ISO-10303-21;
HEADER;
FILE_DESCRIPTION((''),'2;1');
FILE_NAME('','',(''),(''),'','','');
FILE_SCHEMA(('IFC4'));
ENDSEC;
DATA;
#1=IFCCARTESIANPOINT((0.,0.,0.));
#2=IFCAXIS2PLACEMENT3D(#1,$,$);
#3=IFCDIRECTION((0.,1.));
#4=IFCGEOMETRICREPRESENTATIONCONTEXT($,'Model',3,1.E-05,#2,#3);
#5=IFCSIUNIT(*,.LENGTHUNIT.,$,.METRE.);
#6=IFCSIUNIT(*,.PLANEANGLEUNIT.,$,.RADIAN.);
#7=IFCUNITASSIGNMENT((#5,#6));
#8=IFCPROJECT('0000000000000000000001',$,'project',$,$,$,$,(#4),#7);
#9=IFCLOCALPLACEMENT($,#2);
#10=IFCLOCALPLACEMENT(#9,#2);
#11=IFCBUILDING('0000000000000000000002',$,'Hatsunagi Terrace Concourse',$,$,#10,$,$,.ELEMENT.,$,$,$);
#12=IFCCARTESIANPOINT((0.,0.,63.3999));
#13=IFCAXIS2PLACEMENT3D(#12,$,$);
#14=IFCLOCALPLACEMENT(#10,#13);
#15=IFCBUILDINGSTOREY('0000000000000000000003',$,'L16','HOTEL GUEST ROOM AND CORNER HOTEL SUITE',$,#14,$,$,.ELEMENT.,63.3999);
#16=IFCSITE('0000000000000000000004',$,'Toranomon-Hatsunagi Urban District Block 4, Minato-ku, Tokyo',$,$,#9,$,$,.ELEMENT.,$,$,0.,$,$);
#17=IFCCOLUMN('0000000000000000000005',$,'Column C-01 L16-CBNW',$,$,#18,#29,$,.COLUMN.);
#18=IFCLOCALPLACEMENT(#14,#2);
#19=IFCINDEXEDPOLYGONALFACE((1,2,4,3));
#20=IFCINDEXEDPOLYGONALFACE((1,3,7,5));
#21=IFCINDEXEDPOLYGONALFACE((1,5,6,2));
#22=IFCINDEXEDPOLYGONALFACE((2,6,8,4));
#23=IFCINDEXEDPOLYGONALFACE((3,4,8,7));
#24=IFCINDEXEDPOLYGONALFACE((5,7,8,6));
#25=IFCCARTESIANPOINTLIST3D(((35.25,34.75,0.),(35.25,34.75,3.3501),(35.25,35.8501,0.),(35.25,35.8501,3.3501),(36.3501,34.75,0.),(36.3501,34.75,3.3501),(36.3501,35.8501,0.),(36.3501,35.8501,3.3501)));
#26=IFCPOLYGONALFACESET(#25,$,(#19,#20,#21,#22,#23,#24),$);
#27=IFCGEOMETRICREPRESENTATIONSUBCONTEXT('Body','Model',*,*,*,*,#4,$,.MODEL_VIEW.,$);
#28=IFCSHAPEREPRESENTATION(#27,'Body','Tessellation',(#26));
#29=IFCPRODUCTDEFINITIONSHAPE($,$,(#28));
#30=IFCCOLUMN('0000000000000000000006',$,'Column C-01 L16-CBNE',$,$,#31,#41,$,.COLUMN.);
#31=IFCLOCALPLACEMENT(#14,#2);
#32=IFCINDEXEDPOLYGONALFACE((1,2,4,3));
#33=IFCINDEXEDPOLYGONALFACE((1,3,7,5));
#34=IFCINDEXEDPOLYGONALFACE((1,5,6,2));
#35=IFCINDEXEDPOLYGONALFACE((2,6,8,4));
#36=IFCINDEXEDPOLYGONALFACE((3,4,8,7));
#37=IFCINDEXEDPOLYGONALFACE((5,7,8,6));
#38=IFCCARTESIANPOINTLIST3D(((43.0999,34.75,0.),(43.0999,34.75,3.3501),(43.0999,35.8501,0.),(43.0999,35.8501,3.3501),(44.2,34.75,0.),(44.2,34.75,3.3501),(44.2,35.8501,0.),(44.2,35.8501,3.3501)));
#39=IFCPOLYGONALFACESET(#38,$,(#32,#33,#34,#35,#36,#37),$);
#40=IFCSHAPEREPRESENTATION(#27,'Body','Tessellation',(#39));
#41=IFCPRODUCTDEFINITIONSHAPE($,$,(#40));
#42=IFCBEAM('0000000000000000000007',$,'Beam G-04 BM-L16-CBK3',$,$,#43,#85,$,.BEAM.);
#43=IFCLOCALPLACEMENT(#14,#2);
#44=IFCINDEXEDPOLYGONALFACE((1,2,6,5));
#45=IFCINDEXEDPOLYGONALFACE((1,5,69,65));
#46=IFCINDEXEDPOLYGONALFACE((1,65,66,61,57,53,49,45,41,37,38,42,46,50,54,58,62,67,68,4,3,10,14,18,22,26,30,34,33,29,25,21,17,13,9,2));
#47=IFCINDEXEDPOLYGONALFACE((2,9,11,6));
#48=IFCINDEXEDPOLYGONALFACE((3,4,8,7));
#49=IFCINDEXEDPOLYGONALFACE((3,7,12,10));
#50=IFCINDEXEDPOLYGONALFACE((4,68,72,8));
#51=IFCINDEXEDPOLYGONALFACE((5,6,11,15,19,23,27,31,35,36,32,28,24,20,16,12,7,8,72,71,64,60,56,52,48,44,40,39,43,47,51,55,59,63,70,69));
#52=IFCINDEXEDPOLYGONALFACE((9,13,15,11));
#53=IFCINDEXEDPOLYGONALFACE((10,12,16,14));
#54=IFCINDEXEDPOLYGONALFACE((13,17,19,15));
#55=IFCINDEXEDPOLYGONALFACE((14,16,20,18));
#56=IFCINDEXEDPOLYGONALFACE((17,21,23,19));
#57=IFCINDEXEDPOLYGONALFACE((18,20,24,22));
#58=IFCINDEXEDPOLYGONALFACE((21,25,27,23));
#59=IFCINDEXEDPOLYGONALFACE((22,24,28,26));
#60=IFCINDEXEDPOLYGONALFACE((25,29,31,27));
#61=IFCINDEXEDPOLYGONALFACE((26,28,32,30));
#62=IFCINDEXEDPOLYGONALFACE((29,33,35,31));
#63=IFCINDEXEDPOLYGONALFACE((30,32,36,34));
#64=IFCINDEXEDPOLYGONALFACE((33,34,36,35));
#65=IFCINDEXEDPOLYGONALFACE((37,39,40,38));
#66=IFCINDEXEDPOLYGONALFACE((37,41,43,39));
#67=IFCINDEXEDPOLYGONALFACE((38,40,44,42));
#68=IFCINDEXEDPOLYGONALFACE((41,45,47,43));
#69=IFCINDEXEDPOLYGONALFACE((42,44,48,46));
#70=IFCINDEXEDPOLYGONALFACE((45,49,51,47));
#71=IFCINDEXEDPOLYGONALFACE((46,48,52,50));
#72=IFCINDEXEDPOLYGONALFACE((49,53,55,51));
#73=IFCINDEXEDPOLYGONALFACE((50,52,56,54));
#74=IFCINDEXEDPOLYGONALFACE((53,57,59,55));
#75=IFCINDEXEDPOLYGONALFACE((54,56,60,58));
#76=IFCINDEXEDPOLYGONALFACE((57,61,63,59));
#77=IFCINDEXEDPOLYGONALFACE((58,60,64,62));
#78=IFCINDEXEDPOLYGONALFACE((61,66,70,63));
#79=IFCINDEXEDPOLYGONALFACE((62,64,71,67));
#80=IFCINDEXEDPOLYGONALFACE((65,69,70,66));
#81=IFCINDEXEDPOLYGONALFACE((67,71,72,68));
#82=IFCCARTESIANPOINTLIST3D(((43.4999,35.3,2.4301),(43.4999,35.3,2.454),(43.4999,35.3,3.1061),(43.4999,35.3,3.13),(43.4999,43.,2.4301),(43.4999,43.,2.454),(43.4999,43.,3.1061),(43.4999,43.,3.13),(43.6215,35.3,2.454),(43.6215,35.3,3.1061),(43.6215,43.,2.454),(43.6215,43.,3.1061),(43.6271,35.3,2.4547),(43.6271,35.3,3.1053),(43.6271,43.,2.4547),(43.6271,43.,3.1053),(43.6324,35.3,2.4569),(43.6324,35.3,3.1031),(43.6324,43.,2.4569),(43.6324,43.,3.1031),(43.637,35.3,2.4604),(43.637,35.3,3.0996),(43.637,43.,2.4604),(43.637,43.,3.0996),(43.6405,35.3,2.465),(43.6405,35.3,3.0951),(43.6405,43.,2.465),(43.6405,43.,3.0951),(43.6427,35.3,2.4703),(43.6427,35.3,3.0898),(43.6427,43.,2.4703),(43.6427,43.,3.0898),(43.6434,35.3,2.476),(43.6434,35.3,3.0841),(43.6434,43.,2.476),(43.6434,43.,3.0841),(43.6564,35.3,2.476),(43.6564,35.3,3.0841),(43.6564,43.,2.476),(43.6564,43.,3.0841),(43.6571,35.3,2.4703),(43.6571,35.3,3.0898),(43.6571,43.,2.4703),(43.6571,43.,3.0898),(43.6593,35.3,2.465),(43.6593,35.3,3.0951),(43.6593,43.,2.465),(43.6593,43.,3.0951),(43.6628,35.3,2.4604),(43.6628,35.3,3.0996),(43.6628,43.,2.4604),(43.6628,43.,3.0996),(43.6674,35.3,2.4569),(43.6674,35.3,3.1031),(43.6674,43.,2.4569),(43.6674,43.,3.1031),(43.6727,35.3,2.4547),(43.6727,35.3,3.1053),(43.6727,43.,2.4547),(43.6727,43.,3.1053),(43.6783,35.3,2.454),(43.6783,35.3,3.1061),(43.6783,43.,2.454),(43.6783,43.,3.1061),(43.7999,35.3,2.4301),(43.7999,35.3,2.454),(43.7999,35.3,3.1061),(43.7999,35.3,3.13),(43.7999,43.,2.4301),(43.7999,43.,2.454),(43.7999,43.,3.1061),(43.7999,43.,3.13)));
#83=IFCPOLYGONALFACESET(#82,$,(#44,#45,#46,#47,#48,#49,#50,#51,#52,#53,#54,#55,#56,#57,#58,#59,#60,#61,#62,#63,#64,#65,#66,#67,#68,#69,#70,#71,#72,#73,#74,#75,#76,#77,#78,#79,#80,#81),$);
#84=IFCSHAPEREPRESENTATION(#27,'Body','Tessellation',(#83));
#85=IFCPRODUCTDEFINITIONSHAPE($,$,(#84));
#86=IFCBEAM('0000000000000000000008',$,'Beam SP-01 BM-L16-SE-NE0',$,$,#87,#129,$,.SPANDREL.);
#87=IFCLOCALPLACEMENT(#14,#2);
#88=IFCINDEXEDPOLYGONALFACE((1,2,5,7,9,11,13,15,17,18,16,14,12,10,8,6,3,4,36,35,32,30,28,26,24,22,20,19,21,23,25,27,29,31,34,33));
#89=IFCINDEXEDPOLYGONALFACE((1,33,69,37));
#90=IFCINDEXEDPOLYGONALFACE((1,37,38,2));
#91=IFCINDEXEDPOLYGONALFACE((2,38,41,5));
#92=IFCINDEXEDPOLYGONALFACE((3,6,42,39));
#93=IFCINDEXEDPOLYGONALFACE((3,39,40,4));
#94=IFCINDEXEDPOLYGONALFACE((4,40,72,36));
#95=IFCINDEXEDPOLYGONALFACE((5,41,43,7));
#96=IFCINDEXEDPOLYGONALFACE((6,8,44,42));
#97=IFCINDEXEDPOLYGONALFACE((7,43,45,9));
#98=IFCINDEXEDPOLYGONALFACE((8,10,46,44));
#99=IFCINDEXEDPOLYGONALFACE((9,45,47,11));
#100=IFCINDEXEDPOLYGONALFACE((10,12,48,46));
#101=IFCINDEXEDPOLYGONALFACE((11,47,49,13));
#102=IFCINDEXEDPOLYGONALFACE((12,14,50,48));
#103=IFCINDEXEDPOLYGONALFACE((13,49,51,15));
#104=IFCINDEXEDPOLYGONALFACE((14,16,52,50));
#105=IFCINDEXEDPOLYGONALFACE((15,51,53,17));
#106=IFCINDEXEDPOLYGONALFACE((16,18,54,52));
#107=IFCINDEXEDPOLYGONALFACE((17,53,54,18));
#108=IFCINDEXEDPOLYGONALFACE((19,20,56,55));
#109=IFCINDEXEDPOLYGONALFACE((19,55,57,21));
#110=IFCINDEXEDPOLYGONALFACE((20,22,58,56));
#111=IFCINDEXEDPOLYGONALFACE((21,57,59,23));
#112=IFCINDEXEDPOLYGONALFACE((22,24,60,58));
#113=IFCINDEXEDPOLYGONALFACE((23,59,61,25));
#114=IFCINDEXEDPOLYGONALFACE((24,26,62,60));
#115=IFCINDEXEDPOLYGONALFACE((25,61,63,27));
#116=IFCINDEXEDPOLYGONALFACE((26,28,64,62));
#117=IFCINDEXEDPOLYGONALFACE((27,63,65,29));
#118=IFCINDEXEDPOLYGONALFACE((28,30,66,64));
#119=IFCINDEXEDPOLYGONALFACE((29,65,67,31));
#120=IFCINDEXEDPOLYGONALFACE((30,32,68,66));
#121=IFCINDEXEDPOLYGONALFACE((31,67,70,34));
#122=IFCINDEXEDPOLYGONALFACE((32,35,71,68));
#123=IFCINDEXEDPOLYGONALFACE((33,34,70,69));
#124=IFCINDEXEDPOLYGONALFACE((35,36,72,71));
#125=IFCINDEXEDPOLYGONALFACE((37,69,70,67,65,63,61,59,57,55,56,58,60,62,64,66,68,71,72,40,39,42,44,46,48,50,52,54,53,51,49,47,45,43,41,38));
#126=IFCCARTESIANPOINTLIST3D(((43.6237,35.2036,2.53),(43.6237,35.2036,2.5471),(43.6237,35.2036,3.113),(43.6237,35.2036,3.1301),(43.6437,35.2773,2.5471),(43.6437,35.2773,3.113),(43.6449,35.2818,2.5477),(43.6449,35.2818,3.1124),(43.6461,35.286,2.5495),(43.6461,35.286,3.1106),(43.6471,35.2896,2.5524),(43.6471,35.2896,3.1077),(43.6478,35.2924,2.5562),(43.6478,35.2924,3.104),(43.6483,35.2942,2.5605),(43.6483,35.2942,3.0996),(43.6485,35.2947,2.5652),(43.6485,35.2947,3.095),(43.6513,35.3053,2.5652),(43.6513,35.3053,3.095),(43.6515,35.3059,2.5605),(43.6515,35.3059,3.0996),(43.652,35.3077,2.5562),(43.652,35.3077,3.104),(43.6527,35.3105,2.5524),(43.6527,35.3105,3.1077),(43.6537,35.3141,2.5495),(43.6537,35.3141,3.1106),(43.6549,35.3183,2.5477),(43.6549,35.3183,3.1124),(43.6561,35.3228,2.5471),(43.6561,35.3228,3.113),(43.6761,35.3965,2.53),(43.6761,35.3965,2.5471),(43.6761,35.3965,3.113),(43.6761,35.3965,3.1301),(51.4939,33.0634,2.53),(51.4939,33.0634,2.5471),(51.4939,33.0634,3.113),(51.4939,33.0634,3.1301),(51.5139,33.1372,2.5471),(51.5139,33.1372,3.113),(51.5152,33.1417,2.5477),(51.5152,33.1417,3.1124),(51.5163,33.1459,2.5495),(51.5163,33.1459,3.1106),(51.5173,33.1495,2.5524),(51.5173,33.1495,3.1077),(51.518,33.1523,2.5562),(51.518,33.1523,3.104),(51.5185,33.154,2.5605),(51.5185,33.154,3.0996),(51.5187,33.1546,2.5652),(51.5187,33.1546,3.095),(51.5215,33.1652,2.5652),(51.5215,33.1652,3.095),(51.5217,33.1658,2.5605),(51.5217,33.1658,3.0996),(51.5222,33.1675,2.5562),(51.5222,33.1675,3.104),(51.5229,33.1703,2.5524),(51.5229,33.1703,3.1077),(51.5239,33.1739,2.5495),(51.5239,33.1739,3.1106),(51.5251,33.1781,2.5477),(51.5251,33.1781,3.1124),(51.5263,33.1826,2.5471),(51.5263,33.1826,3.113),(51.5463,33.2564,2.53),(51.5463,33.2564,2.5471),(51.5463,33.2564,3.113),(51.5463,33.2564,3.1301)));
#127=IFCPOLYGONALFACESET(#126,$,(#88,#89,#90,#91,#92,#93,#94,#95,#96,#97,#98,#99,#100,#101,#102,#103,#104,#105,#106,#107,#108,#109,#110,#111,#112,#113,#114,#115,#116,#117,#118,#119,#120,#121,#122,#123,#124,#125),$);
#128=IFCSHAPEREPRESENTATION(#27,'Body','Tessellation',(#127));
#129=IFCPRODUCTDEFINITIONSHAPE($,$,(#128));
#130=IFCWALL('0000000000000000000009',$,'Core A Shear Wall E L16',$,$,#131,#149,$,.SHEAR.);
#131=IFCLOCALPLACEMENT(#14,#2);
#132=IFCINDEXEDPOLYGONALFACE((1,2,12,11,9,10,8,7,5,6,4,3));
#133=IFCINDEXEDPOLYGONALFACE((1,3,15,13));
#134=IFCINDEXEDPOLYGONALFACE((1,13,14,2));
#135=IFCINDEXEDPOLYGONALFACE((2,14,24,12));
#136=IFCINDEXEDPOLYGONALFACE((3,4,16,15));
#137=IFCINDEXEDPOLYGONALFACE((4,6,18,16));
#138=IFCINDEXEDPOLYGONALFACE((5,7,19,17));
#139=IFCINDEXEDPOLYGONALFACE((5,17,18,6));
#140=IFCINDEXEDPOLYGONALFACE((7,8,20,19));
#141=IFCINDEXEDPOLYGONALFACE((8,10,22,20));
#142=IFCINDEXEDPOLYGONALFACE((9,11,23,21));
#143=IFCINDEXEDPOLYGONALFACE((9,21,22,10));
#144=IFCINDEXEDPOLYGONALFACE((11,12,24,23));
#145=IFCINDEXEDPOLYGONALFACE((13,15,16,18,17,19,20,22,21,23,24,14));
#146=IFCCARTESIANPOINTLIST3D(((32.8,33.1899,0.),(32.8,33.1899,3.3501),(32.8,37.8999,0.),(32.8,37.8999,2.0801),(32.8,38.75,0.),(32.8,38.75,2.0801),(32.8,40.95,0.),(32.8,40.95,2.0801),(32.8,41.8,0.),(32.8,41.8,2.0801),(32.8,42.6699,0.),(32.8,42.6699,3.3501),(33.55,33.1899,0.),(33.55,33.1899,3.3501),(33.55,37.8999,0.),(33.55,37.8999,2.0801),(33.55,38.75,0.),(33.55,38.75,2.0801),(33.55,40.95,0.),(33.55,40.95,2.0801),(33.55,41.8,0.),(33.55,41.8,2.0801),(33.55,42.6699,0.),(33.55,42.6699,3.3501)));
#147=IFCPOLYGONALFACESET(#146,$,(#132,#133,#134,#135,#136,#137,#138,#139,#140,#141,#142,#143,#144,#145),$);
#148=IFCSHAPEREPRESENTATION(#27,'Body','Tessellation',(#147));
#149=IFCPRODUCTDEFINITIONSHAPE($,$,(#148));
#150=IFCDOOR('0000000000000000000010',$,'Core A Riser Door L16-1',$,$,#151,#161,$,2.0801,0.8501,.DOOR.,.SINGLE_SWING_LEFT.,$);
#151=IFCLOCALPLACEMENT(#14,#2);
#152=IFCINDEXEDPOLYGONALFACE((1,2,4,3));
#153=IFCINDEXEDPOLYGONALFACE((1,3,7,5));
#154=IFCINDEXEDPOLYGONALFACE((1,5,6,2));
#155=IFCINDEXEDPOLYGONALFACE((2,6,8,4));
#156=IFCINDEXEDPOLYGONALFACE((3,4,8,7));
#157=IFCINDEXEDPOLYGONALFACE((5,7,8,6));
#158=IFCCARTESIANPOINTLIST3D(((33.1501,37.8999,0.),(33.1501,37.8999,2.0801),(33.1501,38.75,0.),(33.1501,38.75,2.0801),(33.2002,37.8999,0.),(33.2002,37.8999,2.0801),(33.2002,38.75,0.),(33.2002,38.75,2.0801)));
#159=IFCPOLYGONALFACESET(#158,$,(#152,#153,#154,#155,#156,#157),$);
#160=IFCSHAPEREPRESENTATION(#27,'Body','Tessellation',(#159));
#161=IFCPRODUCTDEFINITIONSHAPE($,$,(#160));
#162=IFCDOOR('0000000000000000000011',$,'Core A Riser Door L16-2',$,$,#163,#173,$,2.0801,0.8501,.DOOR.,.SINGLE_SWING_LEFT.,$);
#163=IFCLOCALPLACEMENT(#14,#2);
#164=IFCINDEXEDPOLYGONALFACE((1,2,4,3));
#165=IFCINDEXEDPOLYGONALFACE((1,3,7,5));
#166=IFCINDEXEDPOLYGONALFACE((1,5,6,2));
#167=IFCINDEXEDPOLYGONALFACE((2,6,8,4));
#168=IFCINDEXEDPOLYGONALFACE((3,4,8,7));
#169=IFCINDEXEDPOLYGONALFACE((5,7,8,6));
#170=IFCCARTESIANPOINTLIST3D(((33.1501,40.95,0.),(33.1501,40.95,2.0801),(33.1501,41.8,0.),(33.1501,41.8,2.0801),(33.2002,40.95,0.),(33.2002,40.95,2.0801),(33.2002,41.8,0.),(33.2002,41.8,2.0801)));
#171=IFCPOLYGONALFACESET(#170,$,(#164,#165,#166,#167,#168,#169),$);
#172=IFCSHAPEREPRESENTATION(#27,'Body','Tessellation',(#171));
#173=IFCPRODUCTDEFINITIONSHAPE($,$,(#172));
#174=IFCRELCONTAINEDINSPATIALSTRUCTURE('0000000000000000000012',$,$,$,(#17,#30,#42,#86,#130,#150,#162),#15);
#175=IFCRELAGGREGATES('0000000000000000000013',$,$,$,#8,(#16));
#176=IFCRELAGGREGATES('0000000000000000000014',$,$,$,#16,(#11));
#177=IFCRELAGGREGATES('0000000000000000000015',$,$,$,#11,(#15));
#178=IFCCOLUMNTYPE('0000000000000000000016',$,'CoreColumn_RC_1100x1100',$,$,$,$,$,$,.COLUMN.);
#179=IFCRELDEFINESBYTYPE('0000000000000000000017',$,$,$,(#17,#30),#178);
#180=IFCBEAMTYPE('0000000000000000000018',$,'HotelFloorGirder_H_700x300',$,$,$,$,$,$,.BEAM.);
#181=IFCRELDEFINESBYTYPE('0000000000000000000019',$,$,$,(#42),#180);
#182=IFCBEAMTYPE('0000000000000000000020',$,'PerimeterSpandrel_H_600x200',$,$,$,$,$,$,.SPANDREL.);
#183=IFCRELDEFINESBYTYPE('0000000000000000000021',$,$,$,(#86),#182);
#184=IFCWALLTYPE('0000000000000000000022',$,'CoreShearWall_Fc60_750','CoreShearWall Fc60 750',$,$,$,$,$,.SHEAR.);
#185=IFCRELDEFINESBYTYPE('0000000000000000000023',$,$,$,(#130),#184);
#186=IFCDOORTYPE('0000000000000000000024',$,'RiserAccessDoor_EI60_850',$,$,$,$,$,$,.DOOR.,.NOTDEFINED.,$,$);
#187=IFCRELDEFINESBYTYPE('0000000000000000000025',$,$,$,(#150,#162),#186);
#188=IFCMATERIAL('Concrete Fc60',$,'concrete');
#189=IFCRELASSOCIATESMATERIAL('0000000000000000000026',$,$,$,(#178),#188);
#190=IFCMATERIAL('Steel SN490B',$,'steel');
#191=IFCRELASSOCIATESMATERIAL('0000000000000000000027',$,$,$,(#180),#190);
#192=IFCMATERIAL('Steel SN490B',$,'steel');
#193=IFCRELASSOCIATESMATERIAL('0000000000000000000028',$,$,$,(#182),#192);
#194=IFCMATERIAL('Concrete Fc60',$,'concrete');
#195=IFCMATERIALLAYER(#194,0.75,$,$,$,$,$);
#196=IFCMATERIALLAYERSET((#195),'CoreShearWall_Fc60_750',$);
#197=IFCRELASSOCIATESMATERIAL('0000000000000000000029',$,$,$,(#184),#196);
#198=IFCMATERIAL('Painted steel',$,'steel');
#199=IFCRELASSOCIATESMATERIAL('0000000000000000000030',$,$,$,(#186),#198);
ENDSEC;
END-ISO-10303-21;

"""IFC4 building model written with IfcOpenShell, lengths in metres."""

from ifc_helpers import new_model, si_unit, direction, frame, frame_2d, origin, origin_2d, place, context, subcontext, project, spatial, rectangle, i_section, extrude, material, layer, layer_set, material_profile, profile_set, type_object, element, fill, save


model = new_model("IFC4")

# Units and contexts
model_context = context("Model", 3, precision=1e-05, world=origin(), true_north=direction((0.0, 1.0)))
body_context = subcontext(model_context, "Body", "Model", "MODEL_VIEW")
ifc_project = project(units=[si_unit("LENGTHUNIT", "METRE"), si_unit("PLANEANGLEUNIT", "RADIAN")], contexts=[model_context])

# Site, building, storey
site_placement = place(None, origin())
site = spatial("IfcSite", under=ifc_project, at=site_placement, Name="Toranomon-Hatsunagi Urban District Block 4, Minato-ku, Tokyo", CompositionType="ELEMENT", RefElevation=0.0)
building_placement = place(site_placement, origin())
building = spatial("IfcBuilding", under=site, at=building_placement, Name="Hatsunagi Terrace Concourse", CompositionType="ELEMENT")
storey_placement = place(building_placement, frame((0.0, 0.0, 63.3999)))
storey = spatial("IfcBuildingStorey", under=building, at=storey_placement, Name="L16", Description="HOTEL GUEST ROOM AND CORNER HOTEL SUITE", CompositionType="ELEMENT", Elevation=63.3999)

# Columns
ifc_material_1 = material(Name="Concrete Fc60", Category="concrete")
ifc_material_profile_1 = material_profile(ifc_material_1, rectangle(XDim=1.1001, YDim=1.1001, at=origin_2d()), Name="RC-1100x1100")
ifc_profile_set_1 = profile_set([ifc_material_profile_1], Name="Concrete Fc60")
column_type = type_object("IfcColumnType", Name="CoreColumn_RC_1100x1100", PredefinedType="COLUMN", material=ifc_profile_set_1)
for number, where, z_axis, x_axis, name in (
    (1, (35.8, 35.3, 0.0), (0.0, 0.0, 1.0), (1.0, 0.0, 0.0), "Column C-01 L16-CBNW"),
    (2, (43.6499, 35.3, 0.0), (0.0, 0.0, 1.0), (1.0, 0.0, 0.0), "Column C-01 L16-CBNE"),
):
    element("IfcColumn", number, at=place(storey_placement, frame(where, z_axis=z_axis, x_axis=x_axis)), inside=storey, type_object=column_type, Name=name, PredefinedType="COLUMN", context=body_context, shape_type="SweptSolid", body=[
        extrude(rectangle(XDim=1.1001, YDim=1.1001, at=origin_2d()), origin(), (0.0, 0.0, 1.0), 3.3501),
    ])

# Beams
ifc_material_2 = material(Name="Steel SN490B", Category="steel")
ifc_material_profile_2 = material_profile(ifc_material_2, i_section(OverallWidth=0.3, OverallDepth=0.7, WebThickness=0.0129, FlangeThickness=0.0239, FilletRadius=0.022, at=origin_2d()), Name="H-700x300x13x24")
ifc_profile_set_2 = profile_set([ifc_material_profile_2], Name="Steel SN490B")
beam_type_1 = type_object("IfcBeamType", Name="HotelFloorGirder_H_700x300", PredefinedType="BEAM", material=ifc_profile_set_2)
beam_1_placement = place(storey_placement, frame((43.6499, 35.3, 2.78), z_axis=(0.0, 1.0, 0.0), x_axis=(-1.0, 0.0, 0.0)))
element("IfcBeam", 3, at=beam_1_placement, inside=storey, type_object=beam_type_1, Name="Beam G-04 BM-L16-CBK3", PredefinedType="BEAM", context=body_context, shape_type="SweptSolid", body=[
    extrude(i_section(OverallWidth=0.3, OverallDepth=0.7, WebThickness=0.0129, FlangeThickness=0.0239, FilletRadius=0.022, at=origin_2d()), origin(), (0.0, 0.0, 1.0), 7.7),
])
ifc_material_3 = material(Name="Steel SN490B", Category="steel")
ifc_material_profile_3 = material_profile(ifc_material_3, i_section(OverallWidth=0.2, OverallDepth=0.6001, WebThickness=0.011, FlangeThickness=0.0171, FilletRadius=0.0181, at=origin_2d()), Name="H-600x200x11x17")
ifc_profile_set_3 = profile_set([ifc_material_profile_3], Name="Steel SN490B")
beam_type_2 = type_object("IfcBeamType", Name="PerimeterSpandrel_H_600x200", PredefinedType="SPANDREL", material=ifc_profile_set_3)
beam_2_placement = place(storey_placement, frame((43.6499, 35.3, 2.8301), z_axis=(0.964958, -0.262403, 0.0), x_axis=(0.262403, 0.964958, 0.0)))
element("IfcBeam", 4, at=beam_2_placement, inside=storey, type_object=beam_type_2, Name="Beam SP-01 BM-L16-SE-NE0", PredefinedType="SPANDREL", context=body_context, shape_type="SweptSolid", body=[
    extrude(i_section(OverallWidth=0.2, OverallDepth=0.6001, WebThickness=0.011, FlangeThickness=0.0171, FilletRadius=0.0181, at=origin_2d()), origin(), (0.0, 0.0, 1.0), 8.156),
])

# Wall, openings, doors
ifc_material_4 = material(Name="Concrete Fc60", Category="concrete")
ifc_layer_1 = layer(ifc_material_4, 0.75)
ifc_layer_set_1 = layer_set([ifc_layer_1], Name="CoreShearWall_Fc60_750")
wall_type_1 = type_object("IfcWallType", Name="CoreShearWall_Fc60_750", Description="CoreShearWall Fc60 750", PredefinedType="SHEAR", material=ifc_layer_set_1)
wall_1_placement = place(storey_placement, frame((33.175, 33.1899, 0.0), z_axis=(0.0, 0.0, 1.0), x_axis=(0.0, 1.0, 0.0)))
wall_1 = element("IfcWall", 5, at=wall_1_placement, inside=storey, type_object=wall_type_1, Name="Core A Shear Wall E L16", PredefinedType="SHEAR", context=body_context, shape_type="SweptSolid", body=[
    extrude(rectangle(XDim=9.48, YDim=0.75, at=frame_2d((4.74, 0.0))), origin(), (0.0, 0.0, 1.0), 3.3501),
])
opening_1_placement = place(wall_1_placement, frame((4.71, 0.0, 0.0)))
opening_1 = element("IfcOpeningElement", 6, at=opening_1_placement, cuts=wall_1, PredefinedType="OPENING", context=body_context, shape_type="SweptSolid", body=[
    extrude(rectangle(XDim=0.8501, YDim=2.0801, at=frame_2d((0.425, 1.04))), frame((0.0, 0.385, 0.0), z_axis=(0.0, -1.0, 0.0), x_axis=(1.0, 0.0, 0.0)), (0.0, 0.0, 1.0), 0.77),
])
opening_2_placement = place(wall_1_placement, frame((7.76, 0.0, 0.0)))
opening_2 = element("IfcOpeningElement", 7, at=opening_2_placement, cuts=wall_1, PredefinedType="OPENING", context=body_context, shape_type="SweptSolid", body=[
    extrude(rectangle(XDim=0.8501, YDim=2.0801, at=frame_2d((0.425, 1.04))), frame((0.0, 0.385, 0.0), z_axis=(0.0, -1.0, 0.0), x_axis=(1.0, 0.0, 0.0)), (0.0, 0.0, 1.0), 0.77),
])
ifc_material_5 = material(Name="Painted steel", Category="steel")
door_type_1 = type_object("IfcDoorType", Name="RiserAccessDoor_EI60_850", OperationType="NOTDEFINED", PredefinedType="DOOR", material=ifc_material_5)
door_1_placement = place(opening_1_placement, origin())
door_1 = element("IfcDoor", 8, at=door_1_placement, inside=storey, type_object=door_type_1, Name="Core A Riser Door L16-1", OperationType="SINGLE_SWING_LEFT", OverallHeight=2.0801, OverallWidth=0.8501, PredefinedType="DOOR", context=body_context, shape_type="SweptSolid", body=[
    extrude(rectangle(XDim=0.8501, YDim=2.0801, at=frame_2d((0.425, 1.04))), frame((0.0, 0.0249, 0.0), z_axis=(0.0, -1.0, 0.0), x_axis=(1.0, 0.0, 0.0)), (0.0, 0.0, 1.0), 0.05),
])
fill(opening_1, door_1)
door_2_placement = place(opening_2_placement, origin())
door_2 = element("IfcDoor", 9, at=door_2_placement, inside=storey, type_object=door_type_1, Name="Core A Riser Door L16-2", OperationType="SINGLE_SWING_LEFT", OverallHeight=2.0801, OverallWidth=0.8501, PredefinedType="DOOR", context=body_context, shape_type="SweptSolid", body=[
    extrude(rectangle(XDim=0.8501, YDim=2.0801, at=frame_2d((0.425, 1.04))), frame((0.0, 0.0249, 0.0), z_axis=(0.0, -1.0, 0.0), x_axis=(1.0, 0.0, 0.0)), (0.0, 0.0, 1.0), 0.05),
])
fill(opening_2, door_2)

save(model, "model.ifc")
